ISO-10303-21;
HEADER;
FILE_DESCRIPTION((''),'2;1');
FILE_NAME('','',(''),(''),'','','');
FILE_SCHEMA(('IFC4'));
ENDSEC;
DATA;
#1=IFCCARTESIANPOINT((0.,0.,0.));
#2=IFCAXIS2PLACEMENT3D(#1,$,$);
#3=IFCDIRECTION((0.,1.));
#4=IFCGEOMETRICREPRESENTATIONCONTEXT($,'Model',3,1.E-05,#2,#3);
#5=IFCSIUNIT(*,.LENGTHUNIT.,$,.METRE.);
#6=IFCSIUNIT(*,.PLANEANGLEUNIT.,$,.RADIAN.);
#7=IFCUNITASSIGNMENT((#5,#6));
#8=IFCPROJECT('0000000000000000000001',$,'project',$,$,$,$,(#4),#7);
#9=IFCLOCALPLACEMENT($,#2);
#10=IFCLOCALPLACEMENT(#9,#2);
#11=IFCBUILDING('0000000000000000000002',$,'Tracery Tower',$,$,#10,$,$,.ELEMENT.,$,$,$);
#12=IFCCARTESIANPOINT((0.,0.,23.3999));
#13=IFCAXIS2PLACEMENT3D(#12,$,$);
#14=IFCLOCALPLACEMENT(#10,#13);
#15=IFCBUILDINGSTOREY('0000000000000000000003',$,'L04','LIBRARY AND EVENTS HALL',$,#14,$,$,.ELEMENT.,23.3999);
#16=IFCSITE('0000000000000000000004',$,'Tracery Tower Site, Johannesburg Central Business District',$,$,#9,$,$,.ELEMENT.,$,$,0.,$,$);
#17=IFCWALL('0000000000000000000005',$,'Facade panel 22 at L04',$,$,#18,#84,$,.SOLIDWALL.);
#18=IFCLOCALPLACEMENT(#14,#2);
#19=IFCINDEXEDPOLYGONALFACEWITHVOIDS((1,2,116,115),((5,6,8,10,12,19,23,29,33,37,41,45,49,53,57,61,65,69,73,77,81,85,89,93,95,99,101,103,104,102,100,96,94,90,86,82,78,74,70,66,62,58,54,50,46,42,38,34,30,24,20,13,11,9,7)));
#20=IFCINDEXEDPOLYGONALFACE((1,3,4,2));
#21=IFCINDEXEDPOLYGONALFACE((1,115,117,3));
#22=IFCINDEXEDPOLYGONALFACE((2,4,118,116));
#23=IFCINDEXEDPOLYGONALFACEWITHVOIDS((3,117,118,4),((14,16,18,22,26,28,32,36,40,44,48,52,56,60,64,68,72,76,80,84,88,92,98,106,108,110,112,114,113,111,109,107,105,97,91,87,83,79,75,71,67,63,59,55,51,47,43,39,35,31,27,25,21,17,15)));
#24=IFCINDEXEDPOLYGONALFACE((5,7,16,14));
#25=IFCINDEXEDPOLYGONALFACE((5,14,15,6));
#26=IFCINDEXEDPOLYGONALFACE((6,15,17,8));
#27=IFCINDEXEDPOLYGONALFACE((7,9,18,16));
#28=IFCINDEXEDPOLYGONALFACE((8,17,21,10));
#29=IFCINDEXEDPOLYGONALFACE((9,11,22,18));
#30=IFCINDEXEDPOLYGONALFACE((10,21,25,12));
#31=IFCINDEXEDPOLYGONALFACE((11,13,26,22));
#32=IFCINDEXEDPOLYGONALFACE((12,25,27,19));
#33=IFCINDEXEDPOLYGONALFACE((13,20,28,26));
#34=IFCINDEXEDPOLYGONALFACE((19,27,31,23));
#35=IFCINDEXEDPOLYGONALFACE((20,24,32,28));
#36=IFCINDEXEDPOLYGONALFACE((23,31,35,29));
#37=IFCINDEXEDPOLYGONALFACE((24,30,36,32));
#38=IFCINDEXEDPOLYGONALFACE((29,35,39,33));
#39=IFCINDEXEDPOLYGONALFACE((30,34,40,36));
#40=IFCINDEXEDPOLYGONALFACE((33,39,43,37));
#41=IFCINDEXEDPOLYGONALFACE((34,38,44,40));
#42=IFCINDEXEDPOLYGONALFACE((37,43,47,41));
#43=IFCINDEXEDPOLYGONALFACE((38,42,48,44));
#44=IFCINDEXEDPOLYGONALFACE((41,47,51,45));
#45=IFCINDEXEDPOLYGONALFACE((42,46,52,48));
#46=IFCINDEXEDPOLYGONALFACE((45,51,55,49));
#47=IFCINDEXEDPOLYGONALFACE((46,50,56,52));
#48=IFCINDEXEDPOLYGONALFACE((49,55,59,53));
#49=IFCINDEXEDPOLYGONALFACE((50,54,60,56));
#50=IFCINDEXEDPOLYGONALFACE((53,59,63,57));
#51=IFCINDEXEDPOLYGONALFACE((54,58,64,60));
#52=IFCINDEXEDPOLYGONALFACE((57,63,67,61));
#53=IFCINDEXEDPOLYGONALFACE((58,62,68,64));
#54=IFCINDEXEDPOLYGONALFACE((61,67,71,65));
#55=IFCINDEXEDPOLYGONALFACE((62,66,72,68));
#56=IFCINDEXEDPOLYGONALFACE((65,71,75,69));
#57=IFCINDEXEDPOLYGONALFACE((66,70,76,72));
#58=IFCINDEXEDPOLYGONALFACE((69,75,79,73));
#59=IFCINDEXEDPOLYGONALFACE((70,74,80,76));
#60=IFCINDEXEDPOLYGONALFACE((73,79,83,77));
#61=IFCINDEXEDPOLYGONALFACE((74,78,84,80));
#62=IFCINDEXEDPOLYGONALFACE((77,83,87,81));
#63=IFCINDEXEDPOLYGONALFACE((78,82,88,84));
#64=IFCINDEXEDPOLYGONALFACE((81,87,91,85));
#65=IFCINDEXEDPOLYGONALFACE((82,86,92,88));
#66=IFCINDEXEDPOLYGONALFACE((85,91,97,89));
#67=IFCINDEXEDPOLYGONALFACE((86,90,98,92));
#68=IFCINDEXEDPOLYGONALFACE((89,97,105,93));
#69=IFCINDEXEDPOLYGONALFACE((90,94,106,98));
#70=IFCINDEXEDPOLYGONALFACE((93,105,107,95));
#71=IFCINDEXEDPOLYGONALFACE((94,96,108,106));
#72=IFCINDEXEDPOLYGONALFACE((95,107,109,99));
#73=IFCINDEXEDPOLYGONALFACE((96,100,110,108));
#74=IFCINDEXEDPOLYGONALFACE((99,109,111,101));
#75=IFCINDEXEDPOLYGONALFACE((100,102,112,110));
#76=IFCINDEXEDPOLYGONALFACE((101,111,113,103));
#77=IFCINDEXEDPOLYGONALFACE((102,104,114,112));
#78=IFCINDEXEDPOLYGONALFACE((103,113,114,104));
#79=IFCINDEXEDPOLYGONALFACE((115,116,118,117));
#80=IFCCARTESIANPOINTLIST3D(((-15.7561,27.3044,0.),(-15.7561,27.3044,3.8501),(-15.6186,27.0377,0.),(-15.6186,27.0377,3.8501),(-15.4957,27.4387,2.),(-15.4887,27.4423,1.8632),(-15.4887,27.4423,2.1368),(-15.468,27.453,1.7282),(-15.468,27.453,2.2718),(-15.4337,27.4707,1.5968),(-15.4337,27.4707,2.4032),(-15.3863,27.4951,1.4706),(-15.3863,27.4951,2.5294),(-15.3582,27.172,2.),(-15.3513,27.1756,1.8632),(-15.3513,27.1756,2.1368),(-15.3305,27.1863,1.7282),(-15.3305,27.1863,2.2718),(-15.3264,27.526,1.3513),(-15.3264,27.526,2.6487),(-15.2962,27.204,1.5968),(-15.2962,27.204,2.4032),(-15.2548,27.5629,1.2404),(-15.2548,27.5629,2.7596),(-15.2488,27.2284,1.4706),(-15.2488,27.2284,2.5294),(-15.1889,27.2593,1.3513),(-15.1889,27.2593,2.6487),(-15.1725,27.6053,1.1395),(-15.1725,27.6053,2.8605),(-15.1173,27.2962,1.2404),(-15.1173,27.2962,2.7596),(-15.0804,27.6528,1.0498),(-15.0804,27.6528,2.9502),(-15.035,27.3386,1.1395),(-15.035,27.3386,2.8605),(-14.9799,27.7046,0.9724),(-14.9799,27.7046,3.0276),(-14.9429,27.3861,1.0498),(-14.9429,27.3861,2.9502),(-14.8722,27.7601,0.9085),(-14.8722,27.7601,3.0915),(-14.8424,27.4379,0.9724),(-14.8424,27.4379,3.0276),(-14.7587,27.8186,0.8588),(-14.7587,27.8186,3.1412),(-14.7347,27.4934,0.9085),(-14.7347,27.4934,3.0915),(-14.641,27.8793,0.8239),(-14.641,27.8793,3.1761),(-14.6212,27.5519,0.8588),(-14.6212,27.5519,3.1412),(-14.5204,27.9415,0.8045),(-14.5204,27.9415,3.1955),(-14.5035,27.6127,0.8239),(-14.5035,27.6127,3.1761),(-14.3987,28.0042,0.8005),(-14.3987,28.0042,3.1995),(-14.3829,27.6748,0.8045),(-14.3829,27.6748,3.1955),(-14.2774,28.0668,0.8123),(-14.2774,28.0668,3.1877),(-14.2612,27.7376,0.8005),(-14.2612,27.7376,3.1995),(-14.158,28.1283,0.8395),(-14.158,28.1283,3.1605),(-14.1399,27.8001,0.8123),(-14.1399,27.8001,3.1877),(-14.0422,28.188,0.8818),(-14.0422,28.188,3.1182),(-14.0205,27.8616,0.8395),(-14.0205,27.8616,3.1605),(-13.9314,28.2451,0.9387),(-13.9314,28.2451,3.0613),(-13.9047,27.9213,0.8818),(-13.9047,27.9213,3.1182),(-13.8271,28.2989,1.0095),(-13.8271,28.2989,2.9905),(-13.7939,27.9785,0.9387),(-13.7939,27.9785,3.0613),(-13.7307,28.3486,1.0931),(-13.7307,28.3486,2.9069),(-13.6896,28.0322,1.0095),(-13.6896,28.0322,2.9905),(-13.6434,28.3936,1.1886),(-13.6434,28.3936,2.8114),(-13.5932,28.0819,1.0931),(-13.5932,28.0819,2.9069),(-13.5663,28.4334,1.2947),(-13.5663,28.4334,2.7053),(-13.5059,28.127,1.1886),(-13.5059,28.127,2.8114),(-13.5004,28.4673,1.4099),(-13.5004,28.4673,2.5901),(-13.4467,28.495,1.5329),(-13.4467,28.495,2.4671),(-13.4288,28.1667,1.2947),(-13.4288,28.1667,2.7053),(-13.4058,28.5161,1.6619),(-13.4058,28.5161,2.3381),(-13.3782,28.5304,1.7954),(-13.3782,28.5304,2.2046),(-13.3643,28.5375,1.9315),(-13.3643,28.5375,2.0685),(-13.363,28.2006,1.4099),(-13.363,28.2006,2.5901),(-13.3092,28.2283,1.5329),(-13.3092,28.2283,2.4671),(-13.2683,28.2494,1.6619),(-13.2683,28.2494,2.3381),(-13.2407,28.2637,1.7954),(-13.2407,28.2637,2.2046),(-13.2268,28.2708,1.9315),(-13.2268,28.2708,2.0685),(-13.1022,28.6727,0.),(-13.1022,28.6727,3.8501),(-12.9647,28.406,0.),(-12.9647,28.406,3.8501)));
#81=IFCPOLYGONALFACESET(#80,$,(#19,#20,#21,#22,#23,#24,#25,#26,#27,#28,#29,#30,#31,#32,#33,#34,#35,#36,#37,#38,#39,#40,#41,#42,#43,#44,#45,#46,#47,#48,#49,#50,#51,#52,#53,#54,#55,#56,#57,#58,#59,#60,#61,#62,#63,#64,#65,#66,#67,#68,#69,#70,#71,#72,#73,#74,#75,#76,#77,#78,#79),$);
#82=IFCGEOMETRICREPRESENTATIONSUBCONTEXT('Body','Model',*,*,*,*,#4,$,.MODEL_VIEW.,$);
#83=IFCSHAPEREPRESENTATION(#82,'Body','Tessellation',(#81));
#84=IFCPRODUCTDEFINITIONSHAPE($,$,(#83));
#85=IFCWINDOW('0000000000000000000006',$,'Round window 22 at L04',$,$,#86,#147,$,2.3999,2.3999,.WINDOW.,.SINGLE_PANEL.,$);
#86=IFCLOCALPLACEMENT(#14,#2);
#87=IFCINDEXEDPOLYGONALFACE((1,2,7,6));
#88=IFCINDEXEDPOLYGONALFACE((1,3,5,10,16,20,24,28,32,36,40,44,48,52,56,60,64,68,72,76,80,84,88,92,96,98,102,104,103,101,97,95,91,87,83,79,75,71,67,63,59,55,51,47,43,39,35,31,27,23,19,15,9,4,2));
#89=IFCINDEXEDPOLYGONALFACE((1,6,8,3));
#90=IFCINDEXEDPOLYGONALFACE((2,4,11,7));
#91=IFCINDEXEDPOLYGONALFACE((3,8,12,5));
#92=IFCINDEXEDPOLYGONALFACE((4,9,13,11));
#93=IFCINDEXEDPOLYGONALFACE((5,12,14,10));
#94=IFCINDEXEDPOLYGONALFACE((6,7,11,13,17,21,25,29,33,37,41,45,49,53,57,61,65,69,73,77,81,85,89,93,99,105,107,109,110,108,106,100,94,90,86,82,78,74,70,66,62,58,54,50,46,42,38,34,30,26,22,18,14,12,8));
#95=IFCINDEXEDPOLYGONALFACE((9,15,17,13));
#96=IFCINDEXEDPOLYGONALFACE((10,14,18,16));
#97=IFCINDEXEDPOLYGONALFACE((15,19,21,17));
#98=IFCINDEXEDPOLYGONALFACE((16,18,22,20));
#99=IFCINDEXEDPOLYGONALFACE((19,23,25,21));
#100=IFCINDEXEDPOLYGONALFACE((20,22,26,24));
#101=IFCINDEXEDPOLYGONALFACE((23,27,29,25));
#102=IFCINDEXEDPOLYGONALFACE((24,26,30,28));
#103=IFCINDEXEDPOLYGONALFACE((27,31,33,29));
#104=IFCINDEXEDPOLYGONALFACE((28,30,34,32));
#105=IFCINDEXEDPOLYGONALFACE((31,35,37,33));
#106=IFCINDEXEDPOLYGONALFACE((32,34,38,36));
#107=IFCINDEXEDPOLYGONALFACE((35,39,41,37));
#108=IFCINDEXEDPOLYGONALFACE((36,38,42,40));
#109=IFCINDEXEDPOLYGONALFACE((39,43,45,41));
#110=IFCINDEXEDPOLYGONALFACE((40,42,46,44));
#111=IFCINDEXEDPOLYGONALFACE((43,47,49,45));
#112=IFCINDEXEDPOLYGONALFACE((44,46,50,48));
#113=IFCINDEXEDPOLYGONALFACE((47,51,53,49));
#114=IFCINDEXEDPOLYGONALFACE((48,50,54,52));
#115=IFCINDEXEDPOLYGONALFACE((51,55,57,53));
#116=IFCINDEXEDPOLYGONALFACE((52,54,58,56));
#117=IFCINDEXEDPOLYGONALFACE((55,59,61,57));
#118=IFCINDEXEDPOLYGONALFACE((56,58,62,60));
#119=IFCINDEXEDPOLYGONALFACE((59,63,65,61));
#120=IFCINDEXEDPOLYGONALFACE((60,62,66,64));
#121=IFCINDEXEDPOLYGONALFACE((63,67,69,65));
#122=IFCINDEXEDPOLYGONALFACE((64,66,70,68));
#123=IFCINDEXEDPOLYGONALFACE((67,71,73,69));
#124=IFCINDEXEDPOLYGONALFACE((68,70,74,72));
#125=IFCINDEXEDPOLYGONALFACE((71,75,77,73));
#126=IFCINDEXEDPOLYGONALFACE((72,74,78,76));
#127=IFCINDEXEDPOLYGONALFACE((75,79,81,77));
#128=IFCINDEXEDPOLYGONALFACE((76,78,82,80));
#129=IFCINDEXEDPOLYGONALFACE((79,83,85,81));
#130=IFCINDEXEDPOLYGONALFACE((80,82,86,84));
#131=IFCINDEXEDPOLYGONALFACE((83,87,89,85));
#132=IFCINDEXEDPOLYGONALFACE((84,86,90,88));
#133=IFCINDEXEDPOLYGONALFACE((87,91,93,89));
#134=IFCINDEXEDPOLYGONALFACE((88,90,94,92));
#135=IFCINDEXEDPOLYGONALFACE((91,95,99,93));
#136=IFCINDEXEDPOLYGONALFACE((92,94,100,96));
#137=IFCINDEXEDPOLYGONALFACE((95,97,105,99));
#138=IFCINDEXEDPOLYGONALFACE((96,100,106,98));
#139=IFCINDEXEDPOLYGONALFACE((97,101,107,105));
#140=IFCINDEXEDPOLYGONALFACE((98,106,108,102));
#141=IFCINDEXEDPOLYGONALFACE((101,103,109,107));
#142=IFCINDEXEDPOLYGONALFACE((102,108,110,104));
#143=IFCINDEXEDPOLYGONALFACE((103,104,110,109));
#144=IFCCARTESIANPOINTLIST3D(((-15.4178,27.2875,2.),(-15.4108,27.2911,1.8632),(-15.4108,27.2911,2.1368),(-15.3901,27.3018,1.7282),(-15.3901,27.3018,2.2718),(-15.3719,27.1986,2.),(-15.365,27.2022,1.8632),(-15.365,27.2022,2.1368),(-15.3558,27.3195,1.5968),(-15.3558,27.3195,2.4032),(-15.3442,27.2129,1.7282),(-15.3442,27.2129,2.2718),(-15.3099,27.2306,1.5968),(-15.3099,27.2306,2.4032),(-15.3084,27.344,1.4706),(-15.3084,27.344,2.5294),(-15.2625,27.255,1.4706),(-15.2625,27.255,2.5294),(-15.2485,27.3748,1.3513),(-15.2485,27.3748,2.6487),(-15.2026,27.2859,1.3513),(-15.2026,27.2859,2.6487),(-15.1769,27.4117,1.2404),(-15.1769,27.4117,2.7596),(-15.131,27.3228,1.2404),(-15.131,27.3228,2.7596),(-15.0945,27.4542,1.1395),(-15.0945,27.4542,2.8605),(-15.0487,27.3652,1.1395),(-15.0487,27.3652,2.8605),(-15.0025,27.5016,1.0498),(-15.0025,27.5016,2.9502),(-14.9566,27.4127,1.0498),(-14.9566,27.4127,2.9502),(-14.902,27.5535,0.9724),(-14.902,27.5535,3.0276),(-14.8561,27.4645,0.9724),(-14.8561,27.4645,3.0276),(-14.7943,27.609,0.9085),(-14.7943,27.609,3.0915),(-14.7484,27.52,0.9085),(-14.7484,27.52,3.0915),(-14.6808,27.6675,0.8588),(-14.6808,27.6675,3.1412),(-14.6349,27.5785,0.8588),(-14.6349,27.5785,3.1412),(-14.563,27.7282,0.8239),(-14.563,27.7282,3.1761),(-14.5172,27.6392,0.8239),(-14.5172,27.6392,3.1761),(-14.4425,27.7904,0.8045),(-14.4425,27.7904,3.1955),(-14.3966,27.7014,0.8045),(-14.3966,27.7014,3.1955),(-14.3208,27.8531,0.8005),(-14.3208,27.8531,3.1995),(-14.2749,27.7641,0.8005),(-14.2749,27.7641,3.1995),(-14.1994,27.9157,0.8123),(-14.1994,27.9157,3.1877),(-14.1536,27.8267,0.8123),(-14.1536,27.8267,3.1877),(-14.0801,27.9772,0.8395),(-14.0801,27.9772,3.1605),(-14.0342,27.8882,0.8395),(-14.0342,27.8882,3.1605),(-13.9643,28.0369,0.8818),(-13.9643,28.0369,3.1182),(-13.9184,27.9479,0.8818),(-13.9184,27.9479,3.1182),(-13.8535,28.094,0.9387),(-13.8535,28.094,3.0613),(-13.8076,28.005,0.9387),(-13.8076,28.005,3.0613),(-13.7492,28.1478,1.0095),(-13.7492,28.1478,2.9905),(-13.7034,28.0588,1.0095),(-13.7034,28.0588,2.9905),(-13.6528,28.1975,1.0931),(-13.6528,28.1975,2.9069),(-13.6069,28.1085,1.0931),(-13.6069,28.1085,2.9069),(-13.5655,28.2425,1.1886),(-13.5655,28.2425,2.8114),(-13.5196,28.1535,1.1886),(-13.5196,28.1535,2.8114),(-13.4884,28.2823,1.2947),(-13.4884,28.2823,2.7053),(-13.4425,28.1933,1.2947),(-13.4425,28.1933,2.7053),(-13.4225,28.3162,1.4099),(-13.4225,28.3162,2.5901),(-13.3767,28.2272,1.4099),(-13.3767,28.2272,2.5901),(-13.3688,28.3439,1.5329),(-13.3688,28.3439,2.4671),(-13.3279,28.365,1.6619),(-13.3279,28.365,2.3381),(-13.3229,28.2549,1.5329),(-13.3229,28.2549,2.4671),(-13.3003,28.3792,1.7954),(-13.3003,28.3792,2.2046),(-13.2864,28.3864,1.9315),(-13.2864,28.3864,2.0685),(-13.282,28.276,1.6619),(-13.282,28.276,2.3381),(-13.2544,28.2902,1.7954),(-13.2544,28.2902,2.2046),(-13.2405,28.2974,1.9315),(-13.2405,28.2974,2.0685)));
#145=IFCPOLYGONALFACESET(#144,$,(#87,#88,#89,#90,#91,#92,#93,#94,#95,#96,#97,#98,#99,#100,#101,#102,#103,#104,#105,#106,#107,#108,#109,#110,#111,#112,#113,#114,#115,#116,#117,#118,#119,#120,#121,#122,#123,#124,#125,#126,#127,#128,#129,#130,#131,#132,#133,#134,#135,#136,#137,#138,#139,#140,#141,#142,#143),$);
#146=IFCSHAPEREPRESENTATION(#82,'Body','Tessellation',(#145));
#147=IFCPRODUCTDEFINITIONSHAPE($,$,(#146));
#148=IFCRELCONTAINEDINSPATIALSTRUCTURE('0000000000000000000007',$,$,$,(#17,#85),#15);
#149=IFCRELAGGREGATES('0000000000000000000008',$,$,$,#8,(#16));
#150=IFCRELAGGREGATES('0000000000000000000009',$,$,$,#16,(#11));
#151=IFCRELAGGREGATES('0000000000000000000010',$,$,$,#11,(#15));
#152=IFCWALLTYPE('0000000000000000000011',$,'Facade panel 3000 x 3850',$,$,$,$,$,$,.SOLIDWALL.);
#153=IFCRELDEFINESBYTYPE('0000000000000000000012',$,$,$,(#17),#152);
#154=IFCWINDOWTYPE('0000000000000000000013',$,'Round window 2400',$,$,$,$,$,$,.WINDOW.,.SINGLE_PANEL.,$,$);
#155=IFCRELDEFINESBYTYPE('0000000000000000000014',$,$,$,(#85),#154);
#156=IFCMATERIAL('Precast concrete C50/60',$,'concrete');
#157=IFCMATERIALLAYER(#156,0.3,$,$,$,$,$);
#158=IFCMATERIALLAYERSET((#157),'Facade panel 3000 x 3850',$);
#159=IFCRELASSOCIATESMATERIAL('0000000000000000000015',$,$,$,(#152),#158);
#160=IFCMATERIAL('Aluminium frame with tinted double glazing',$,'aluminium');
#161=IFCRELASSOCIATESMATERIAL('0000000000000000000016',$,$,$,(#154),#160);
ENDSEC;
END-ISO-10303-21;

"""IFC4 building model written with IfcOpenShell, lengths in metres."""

from ifc_helpers import new_model, si_unit, direction, frame, frame_2d, origin, origin_2d, place, context, subcontext, project, spatial, rectangle, circle, extrude, material, layer, layer_set, type_object, element, fill, save


model = new_model("IFC4")

# Units and contexts
model_context = context("Model", 3, precision=1e-05, world=origin(), true_north=direction((0.0, 1.0)))
body_context = subcontext(model_context, "Body", "Model", "MODEL_VIEW")
ifc_project = project(units=[si_unit("LENGTHUNIT", "METRE"), si_unit("PLANEANGLEUNIT", "RADIAN")], contexts=[model_context])

# Site, building, storey
site_placement = place(None, origin())
site = spatial("IfcSite", under=ifc_project, at=site_placement, Name="Tracery Tower Site, Johannesburg Central Business District", CompositionType="ELEMENT", RefElevation=0.0)
building_placement = place(site_placement, origin())
building = spatial("IfcBuilding", under=site, at=building_placement, Name="Tracery Tower", CompositionType="ELEMENT")
storey_placement = place(building_placement, frame((0.0, 0.0, 23.3999)))
storey = spatial("IfcBuildingStorey", under=building, at=storey_placement, Name="L04", Description="LIBRARY AND EVENTS HALL", CompositionType="ELEMENT", Elevation=23.3999)

# Wall, opening, window
ifc_material_1 = material(Name="Precast concrete C50/60", Category="concrete")
ifc_layer_1 = layer(ifc_material_1, 0.3)
ifc_layer_set_1 = layer_set([ifc_layer_1], Name="Facade panel 3000 x 3850")
wall_type_1 = type_object("IfcWallType", Name="Facade panel 3000 x 3850", PredefinedType="SOLIDWALL", material=ifc_layer_set_1)
ifc_material_2 = material(Name="Aluminium frame with tinted double glazing", Category="aluminium")
window_type = type_object("IfcWindowType", Name="Round window 2400", PartitioningType="SINGLE_PANEL", PredefinedType="WINDOW", material=ifc_material_2)
wall_1_placement = place(storey_placement, frame((-13.0334, 28.5393, 0.0), z_axis=(0.0, 0.0, 1.0), x_axis=(-0.888831, -0.458235, 0.0)))
wall_1 = element("IfcWall", 1, at=wall_1_placement, inside=storey, type_object=wall_type_1, Name="Facade panel 22 at L04", PredefinedType="SOLIDWALL", context=body_context, shape_type="SweptSolid", body=[
    extrude(rectangle(XDim=2.9858, YDim=0.3, at=frame_2d((1.4929, 0.0))), origin(), (0.0, 0.0, 1.0), 3.8501),
])
opening_1_placement = place(wall_1_placement, frame((1.4929, 0.0, 2.0)))
opening_1 = element("IfcOpeningElement", 2, at=opening_1_placement, cuts=wall_1, PredefinedType="OPENING", context=body_context, shape_type="SweptSolid", body=[
    extrude(circle(Radius=1.2, at=origin_2d()), frame((0.0, 0.1599, 0.0), z_axis=(0.0, -1.0, 0.0), x_axis=(1.0, 0.0, 0.0)), (0.0, 0.0, 1.0), 0.3201),
])
window_1_placement = place(opening_1_placement, origin())
window_1 = element("IfcWindow", 3, at=window_1_placement, inside=storey, type_object=window_type, Name="Round window 22 at L04", OverallHeight=2.3999, OverallWidth=2.3999, PartitioningType="SINGLE_PANEL", PredefinedType="WINDOW", context=body_context, shape_type="SweptSolid", body=[
    extrude(circle(Radius=1.2, at=origin_2d()), frame((0.0, 0.1201, 0.0), z_axis=(0.0, -1.0, 0.0), x_axis=(1.0, 0.0, 0.0)), (0.0, 0.0, 1.0), 0.1001),
])
fill(opening_1, window_1)

save(model, "model.ifc")
